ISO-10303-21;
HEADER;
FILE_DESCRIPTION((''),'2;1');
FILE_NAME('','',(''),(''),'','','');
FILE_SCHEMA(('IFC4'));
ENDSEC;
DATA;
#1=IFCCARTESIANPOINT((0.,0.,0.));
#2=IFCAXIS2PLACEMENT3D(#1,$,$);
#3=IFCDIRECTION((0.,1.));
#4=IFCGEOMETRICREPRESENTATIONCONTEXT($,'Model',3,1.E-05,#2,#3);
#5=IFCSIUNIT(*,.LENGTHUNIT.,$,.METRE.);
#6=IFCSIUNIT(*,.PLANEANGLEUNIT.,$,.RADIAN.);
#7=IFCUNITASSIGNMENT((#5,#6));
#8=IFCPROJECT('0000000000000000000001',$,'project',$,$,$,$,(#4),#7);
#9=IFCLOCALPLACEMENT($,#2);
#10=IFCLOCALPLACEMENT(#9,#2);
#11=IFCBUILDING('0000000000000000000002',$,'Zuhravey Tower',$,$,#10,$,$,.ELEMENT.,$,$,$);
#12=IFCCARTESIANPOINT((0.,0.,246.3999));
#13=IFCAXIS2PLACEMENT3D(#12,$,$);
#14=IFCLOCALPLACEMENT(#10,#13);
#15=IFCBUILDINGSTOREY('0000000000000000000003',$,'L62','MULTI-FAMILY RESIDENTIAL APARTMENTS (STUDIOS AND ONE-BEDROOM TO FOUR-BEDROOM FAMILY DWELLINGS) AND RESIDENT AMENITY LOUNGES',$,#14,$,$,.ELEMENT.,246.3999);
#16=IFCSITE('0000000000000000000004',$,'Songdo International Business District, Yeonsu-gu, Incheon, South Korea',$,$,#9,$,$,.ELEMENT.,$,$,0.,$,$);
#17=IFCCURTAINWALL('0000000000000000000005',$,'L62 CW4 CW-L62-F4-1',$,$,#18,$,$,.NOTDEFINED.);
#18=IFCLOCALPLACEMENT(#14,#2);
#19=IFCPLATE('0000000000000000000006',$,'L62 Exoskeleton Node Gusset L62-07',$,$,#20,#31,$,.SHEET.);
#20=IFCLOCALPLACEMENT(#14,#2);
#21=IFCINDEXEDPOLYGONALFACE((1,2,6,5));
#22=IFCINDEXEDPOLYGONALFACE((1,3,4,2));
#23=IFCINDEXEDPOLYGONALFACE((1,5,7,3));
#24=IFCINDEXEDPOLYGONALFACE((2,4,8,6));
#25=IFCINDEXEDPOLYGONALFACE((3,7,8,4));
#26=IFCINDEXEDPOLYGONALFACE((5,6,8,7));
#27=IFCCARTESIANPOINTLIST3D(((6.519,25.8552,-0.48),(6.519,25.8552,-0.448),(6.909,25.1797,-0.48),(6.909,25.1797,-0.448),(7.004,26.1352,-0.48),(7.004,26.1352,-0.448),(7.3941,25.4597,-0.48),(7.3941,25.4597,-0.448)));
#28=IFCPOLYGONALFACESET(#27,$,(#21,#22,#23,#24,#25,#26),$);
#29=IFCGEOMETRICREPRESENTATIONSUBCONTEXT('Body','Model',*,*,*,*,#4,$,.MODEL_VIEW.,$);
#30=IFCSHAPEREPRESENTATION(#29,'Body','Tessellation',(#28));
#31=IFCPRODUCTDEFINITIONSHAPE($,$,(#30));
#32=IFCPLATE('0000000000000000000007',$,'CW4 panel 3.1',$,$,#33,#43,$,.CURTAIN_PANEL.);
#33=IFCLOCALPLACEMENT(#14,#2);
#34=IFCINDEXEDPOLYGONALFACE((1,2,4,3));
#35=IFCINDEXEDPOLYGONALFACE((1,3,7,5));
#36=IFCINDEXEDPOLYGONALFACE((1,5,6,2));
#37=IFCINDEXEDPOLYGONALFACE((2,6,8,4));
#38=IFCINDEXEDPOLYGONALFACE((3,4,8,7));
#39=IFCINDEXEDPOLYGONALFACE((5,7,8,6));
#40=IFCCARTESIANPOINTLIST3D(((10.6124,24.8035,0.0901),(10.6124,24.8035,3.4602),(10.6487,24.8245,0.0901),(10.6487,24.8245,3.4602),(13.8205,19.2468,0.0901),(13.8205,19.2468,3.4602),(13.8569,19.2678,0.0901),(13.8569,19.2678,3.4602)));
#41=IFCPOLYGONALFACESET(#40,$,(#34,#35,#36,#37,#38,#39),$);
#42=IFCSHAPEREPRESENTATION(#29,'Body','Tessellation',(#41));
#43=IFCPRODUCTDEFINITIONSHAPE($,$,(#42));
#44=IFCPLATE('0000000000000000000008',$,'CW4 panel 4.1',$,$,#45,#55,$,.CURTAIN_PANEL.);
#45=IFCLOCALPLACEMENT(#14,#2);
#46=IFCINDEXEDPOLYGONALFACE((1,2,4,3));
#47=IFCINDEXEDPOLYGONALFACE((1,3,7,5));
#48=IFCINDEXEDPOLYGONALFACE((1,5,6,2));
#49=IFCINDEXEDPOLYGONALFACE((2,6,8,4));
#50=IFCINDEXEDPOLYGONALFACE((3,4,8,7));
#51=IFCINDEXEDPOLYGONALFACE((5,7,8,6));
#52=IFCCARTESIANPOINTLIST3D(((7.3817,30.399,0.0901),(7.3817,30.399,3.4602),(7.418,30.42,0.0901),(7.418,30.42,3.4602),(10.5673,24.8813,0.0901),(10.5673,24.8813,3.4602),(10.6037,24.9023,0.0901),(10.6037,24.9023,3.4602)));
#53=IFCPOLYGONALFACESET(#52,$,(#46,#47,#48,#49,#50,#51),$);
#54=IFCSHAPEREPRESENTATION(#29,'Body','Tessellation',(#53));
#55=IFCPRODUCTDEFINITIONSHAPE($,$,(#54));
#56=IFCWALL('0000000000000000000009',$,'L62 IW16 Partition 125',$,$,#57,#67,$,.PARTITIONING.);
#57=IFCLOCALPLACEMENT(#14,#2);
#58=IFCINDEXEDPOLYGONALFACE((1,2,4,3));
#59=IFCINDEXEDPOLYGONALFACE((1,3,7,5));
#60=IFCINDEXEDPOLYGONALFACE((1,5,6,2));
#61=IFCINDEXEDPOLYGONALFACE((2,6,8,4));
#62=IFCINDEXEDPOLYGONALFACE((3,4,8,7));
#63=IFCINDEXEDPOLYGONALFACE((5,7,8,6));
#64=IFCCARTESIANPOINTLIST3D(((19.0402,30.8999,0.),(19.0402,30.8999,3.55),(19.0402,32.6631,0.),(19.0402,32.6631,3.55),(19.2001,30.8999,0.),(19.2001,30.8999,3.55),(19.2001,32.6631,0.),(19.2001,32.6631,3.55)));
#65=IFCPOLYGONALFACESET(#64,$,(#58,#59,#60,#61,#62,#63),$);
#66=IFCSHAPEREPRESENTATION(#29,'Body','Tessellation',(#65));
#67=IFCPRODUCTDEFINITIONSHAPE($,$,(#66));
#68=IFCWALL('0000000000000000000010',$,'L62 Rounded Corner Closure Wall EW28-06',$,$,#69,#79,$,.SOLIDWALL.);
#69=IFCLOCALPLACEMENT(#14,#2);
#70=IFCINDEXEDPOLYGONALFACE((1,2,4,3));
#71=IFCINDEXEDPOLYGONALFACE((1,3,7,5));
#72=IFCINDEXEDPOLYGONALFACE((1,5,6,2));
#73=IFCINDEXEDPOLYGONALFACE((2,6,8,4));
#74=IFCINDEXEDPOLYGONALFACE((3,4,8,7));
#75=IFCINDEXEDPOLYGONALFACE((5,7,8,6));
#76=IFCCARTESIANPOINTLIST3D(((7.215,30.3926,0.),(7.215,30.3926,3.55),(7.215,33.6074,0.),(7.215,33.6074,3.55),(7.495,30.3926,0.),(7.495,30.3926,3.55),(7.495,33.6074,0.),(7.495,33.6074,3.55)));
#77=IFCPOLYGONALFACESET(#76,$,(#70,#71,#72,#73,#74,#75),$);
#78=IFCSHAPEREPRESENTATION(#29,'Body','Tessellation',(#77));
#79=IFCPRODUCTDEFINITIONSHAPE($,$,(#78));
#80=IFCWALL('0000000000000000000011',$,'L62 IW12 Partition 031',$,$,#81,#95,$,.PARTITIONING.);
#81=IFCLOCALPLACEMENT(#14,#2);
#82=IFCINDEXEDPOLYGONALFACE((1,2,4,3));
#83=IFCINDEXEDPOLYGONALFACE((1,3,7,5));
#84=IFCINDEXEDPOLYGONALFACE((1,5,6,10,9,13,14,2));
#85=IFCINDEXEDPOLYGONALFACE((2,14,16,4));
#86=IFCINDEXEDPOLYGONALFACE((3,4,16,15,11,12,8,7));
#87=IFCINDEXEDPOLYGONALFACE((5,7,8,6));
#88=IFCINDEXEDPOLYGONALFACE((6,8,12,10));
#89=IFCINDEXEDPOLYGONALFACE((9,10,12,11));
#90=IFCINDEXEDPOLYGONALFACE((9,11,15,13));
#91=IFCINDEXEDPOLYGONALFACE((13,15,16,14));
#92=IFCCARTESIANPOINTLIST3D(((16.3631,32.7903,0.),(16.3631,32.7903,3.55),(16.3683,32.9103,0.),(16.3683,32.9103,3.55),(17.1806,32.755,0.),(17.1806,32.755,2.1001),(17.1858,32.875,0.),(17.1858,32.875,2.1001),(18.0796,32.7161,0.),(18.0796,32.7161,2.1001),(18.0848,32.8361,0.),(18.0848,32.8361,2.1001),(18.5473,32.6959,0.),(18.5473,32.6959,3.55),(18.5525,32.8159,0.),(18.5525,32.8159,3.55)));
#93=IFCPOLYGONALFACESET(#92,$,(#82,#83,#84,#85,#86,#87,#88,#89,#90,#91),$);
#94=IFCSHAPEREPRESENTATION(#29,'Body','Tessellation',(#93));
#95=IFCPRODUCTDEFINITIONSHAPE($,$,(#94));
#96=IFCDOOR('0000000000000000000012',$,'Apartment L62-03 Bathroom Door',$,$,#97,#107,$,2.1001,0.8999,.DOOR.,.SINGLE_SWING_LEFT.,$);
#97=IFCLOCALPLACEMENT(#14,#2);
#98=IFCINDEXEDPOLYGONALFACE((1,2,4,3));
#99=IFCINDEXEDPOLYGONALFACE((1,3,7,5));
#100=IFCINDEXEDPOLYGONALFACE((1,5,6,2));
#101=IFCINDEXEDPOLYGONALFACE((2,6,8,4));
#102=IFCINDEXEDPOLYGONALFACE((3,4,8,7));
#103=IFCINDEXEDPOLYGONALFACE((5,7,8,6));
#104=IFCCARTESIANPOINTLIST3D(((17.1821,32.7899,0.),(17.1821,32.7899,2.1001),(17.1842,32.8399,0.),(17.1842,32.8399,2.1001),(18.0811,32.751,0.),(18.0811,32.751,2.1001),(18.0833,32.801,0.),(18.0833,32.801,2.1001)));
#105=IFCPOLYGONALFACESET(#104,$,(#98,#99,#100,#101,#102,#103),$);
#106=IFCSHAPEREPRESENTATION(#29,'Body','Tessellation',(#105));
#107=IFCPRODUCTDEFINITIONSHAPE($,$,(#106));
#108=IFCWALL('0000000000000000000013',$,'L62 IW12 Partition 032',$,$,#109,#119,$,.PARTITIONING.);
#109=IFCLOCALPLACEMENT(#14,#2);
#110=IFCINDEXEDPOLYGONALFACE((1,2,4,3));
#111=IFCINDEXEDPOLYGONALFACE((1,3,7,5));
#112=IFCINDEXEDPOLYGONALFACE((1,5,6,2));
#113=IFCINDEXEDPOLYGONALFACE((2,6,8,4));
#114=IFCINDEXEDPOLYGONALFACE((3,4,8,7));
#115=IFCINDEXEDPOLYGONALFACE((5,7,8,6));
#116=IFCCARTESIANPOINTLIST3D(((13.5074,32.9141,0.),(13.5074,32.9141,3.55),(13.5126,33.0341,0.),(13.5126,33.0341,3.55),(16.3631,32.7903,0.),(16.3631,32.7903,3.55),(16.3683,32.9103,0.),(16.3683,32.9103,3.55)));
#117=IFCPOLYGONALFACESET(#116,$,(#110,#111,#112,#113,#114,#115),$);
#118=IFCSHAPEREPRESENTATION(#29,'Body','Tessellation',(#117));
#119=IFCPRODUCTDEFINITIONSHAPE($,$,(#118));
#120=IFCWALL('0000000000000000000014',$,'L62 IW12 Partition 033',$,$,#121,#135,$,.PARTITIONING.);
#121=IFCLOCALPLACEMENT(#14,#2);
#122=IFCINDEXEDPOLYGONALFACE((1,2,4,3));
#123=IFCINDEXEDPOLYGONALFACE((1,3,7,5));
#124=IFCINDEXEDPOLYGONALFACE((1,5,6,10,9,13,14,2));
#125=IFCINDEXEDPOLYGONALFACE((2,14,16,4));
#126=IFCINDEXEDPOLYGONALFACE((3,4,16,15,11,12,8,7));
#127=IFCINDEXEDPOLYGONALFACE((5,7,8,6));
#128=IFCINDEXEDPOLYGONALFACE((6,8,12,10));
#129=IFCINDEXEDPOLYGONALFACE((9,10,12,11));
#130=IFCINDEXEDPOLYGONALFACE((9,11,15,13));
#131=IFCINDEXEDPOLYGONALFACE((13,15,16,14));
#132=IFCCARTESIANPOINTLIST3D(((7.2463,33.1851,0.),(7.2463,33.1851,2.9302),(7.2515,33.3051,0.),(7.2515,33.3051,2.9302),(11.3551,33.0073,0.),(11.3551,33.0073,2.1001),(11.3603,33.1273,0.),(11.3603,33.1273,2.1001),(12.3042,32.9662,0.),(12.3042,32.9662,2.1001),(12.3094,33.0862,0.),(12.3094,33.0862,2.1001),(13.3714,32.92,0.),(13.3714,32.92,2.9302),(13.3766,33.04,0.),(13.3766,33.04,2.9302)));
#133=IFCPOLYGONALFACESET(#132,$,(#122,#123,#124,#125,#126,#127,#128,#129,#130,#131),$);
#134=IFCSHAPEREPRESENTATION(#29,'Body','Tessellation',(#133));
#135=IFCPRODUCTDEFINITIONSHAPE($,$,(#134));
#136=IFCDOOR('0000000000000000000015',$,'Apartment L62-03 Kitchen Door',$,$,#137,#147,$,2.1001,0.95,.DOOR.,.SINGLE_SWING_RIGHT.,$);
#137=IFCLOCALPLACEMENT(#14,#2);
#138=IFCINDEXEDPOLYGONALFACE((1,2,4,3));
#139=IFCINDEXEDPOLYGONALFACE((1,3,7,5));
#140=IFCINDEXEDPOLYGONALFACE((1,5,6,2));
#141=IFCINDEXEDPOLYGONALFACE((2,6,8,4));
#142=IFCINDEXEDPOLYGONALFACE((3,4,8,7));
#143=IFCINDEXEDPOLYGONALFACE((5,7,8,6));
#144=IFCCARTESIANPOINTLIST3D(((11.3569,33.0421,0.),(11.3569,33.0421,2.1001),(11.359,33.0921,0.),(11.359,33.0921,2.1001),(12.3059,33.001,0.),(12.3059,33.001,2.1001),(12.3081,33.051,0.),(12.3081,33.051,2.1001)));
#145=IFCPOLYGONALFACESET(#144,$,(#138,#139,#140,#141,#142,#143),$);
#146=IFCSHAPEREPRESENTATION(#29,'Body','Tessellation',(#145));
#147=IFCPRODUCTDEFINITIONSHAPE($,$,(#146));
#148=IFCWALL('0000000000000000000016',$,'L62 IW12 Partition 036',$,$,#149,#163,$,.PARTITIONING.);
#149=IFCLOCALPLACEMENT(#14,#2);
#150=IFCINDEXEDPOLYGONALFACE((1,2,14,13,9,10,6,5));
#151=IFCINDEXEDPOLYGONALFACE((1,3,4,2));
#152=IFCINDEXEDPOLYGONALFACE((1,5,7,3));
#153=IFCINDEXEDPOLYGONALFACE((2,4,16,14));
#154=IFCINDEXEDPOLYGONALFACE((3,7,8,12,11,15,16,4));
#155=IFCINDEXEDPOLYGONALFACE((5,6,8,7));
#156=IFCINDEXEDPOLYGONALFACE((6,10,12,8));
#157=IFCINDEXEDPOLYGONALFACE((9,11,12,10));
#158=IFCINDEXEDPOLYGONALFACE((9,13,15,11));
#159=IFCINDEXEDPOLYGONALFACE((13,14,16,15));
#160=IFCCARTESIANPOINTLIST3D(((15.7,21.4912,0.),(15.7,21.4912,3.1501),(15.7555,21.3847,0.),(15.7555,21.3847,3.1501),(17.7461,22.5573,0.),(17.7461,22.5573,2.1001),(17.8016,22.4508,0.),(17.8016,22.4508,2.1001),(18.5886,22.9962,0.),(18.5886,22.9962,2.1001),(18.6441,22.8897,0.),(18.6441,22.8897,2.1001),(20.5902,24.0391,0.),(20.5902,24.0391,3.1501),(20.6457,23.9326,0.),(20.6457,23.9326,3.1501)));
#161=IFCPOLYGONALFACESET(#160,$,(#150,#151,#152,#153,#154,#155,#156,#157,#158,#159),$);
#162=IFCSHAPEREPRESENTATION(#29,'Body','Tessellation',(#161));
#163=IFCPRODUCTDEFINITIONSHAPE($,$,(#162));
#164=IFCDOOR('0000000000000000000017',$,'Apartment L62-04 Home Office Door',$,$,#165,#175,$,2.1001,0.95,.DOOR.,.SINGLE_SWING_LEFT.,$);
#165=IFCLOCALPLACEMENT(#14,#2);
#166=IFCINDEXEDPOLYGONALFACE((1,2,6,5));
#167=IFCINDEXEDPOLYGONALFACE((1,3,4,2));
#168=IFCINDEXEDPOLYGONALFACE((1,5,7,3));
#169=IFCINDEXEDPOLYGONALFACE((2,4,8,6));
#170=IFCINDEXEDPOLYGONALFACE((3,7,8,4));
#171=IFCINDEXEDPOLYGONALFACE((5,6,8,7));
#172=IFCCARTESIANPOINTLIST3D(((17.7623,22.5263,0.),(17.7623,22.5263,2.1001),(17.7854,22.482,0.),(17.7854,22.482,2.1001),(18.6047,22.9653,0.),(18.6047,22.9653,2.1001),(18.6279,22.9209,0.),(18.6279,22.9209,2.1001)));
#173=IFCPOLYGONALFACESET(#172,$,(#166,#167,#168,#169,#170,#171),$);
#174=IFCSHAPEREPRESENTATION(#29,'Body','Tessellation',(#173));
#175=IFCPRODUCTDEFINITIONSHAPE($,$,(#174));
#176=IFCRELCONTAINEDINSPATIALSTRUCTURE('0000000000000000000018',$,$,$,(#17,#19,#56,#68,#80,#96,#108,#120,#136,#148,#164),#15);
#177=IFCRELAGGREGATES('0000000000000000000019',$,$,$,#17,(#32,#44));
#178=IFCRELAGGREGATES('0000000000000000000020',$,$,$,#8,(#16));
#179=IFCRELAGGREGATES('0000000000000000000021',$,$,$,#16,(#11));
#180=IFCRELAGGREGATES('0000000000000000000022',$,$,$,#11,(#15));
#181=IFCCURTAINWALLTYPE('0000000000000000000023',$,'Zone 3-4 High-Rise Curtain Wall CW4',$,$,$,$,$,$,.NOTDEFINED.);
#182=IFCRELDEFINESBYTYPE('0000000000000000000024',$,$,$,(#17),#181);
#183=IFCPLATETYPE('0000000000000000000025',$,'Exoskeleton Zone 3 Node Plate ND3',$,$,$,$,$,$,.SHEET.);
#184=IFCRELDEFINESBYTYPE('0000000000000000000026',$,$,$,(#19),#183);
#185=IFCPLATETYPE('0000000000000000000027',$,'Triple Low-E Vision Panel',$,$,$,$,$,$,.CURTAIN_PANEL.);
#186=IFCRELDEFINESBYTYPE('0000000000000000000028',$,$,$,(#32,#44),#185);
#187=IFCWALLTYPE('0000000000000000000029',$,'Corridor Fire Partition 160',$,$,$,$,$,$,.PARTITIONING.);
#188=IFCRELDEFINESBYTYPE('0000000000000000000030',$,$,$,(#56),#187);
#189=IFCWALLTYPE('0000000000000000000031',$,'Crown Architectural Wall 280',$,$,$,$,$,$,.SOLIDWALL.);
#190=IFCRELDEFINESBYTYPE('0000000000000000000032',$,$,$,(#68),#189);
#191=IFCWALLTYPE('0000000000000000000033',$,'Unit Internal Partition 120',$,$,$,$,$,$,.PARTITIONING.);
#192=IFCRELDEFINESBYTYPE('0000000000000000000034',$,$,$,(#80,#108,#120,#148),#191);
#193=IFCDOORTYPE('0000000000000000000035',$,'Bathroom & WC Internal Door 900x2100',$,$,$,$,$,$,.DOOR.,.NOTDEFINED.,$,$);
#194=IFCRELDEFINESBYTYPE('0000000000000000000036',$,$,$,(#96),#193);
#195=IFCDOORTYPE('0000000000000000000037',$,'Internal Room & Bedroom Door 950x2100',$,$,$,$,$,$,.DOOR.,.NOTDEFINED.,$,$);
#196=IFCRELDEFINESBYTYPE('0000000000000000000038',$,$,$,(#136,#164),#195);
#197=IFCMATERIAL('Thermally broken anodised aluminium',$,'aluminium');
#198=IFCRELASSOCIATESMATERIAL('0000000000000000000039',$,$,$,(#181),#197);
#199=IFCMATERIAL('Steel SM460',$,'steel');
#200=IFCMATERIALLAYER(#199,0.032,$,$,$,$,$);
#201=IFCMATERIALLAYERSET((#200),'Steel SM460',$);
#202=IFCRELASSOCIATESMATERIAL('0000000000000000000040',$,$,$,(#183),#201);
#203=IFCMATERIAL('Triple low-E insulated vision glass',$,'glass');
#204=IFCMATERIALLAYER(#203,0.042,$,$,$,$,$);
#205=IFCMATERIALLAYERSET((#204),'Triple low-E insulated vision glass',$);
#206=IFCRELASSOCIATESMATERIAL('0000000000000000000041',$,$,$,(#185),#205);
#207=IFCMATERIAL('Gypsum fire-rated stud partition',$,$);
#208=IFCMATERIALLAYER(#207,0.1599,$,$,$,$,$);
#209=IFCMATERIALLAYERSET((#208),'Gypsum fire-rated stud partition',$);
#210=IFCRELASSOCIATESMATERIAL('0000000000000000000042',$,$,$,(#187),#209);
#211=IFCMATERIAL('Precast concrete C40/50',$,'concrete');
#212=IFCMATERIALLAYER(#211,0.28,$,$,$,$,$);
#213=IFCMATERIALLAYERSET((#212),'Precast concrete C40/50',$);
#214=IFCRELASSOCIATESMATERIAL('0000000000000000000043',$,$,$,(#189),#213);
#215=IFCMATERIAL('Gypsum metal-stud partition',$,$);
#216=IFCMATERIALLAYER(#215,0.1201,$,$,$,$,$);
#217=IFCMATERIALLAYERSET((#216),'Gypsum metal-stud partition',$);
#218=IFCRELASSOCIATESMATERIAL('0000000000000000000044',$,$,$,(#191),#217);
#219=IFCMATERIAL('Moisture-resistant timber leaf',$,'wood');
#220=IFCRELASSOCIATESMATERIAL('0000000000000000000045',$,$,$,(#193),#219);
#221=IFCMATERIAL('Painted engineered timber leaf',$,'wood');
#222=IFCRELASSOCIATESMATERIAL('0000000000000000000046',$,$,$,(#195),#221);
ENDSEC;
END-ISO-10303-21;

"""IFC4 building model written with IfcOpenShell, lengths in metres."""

from ifc_helpers import new_model, si_unit, direction, frame, frame_2d, origin, origin_2d, place, context, subcontext, project, spatial, rectangle, extrude, material, layer, layer_set, type_object, element, fill, aggregate, save


model = new_model("IFC4")

# Units and contexts
model_context = context("Model", 3, precision=1e-05, world=origin(), true_north=direction((0.0, 1.0)))
body_context = subcontext(model_context, "Body", "Model", "MODEL_VIEW")
ifc_project = project(units=[si_unit("LENGTHUNIT", "METRE"), si_unit("PLANEANGLEUNIT", "RADIAN")], contexts=[model_context])

# Site, building, storey
site_placement = place(None, origin())
site = spatial("IfcSite", under=ifc_project, at=site_placement, Name="Songdo International Business District, Yeonsu-gu, Incheon, South Korea", CompositionType="ELEMENT", RefElevation=0.0)
building_placement = place(site_placement, origin())
building = spatial("IfcBuilding", under=site, at=building_placement, Name="Zuhravey Tower", CompositionType="ELEMENT")
storey_placement = place(building_placement, frame((0.0, 0.0, 246.3999)))
storey = spatial("IfcBuildingStorey", under=building, at=storey_placement, Name="L62", Description="MULTI-FAMILY RESIDENTIAL APARTMENTS (STUDIOS AND ONE-BEDROOM TO FOUR-BEDROOM FAMILY DWELLINGS) AND RESIDENT AMENITY LOUNGES", CompositionType="ELEMENT", Elevation=246.3999)

# Curtain wall
ifc_material_1 = material(Name="Thermally broken anodised aluminium", Category="aluminium")
curtain_wall_type = type_object("IfcCurtainWallType", Name="Zone 3-4 High-Rise Curtain Wall CW4", PredefinedType="NOTDEFINED", material=ifc_material_1)
curtain_wall_placement = place(storey_placement, origin())
curtain_wall = element("IfcCurtainWall", 1, at=curtain_wall_placement, inside=storey, type_object=curtain_wall_type, Name="L62 CW4 CW-L62-F4-1", PredefinedType="NOTDEFINED")

# Plates
ifc_material_2 = material(Name="Steel SM460", Category="steel")
ifc_layer_1 = layer(ifc_material_2, 0.032)
ifc_layer_set_1 = layer_set([ifc_layer_1], Name="Steel SM460")
plate_type_1 = type_object("IfcPlateType", Name="Exoskeleton Zone 3 Node Plate ND3", PredefinedType="SHEET", material=ifc_layer_set_1)
plate_1_placement = place(storey_placement, frame((6.9565, 25.6575, -0.48), z_axis=(0.0, 0.0, 1.0), x_axis=(0.5, -0.866025, 0.0)))
element("IfcPlate", 2, at=plate_1_placement, inside=storey, type_object=plate_type_1, Name="L62 Exoskeleton Node Gusset L62-07", PredefinedType="SHEET", context=body_context, shape_type="SweptSolid", body=[
    extrude(rectangle(XDim=0.78, YDim=0.5601, at=origin_2d()), origin(), (0.0, 0.0, 1.0), 0.032),
])
ifc_material_3 = material(Name="Triple low-E insulated vision glass", Category="glass")
ifc_layer_2 = layer(ifc_material_3, 0.042)
ifc_layer_set_2 = layer_set([ifc_layer_2], Name="Triple low-E insulated vision glass")
plate_type_2 = type_object("IfcPlateType", Name="Triple Low-E Vision Panel", PredefinedType="CURTAIN_PANEL", material=ifc_layer_set_2)
plate_2_placement = place(storey_placement, frame((12.2346, 22.0356, 0.0901), z_axis=(0.0, 0.0, 1.0), x_axis=(-0.500001, 0.866025, 0.0)))
plate_2 = element("IfcPlate", 3, at=plate_2_placement, type_object=plate_type_2, Name="CW4 panel 3.1", PredefinedType="CURTAIN_PANEL", context=body_context, shape_type="SweptSolid", body=[
    extrude(rectangle(XDim=6.4163, YDim=0.042, at=origin_2d()), origin(), (0.0, 0.0, 1.0), 3.3701),
])
plate_3_placement = place(storey_placement, frame((8.9927, 27.6506, 0.0901), z_axis=(0.0, 0.0, 1.0), x_axis=(-0.500001, 0.866025, 0.0)))
plate_3 = element("IfcPlate", 4, at=plate_3_placement, type_object=plate_type_2, Name="CW4 panel 4.1", PredefinedType="CURTAIN_PANEL", context=body_context, shape_type="SweptSolid", body=[
    extrude(rectangle(XDim=6.3713, YDim=0.042, at=origin_2d()), origin(), (0.0, 0.0, 1.0), 3.3701),
])
aggregate(curtain_wall, [plate_2, plate_3])

# Shared definitions
ifc_material_4 = material(Name="Gypsum fire-rated stud partition")
ifc_layer_3 = layer(ifc_material_4, 0.1599)
ifc_layer_set_3 = layer_set([ifc_layer_3], Name="Gypsum fire-rated stud partition")
wall_type_1 = type_object("IfcWallType", Name="Corridor Fire Partition 160", PredefinedType="PARTITIONING", material=ifc_layer_set_3)

# Walls
wall_1_placement = place(storey_placement, frame((19.1201, 32.6631, 0.0), z_axis=(0.0, 0.0, 1.0), x_axis=(0.0, -1.0, 0.0)))
element("IfcWall", 5, at=wall_1_placement, inside=storey, type_object=wall_type_1, Name="L62 IW16 Partition 125", PredefinedType="PARTITIONING", context=body_context, shape_type="SweptSolid", body=[
    extrude(rectangle(XDim=1.7632, YDim=0.1599, at=frame_2d((0.8816, 0.0))), origin(), (0.0, 0.0, 1.0), 3.55),
])
ifc_material_5 = material(Name="Precast concrete C40/50", Category="concrete")
ifc_layer_4 = layer(ifc_material_5, 0.28)
ifc_layer_set_4 = layer_set([ifc_layer_4], Name="Precast concrete C40/50")
wall_type_2 = type_object("IfcWallType", Name="Crown Architectural Wall 280", PredefinedType="SOLIDWALL", material=ifc_layer_set_4)
wall_2_placement = place(storey_placement, frame((7.355, 30.3926, 0.0), z_axis=(0.0, 0.0, 1.0), x_axis=(0.0, 1.0, 0.0)))
element("IfcWall", 6, at=wall_2_placement, inside=storey, type_object=wall_type_2, Name="L62 Rounded Corner Closure Wall EW28-06", PredefinedType="SOLIDWALL", context=body_context, shape_type="SweptSolid", body=[
    extrude(rectangle(XDim=3.2148, YDim=0.28, at=frame_2d((1.6074, 0.0))), origin(), (0.0, 0.0, 1.0), 3.55),
])

# Wall, opening, door
ifc_material_6 = material(Name="Gypsum metal-stud partition")
ifc_layer_5 = layer(ifc_material_6, 0.1201)
ifc_layer_set_5 = layer_set([ifc_layer_5], Name="Gypsum metal-stud partition")
wall_type_3 = type_object("IfcWallType", Name="Unit Internal Partition 120", PredefinedType="PARTITIONING", material=ifc_layer_set_5)
wall_3_placement = place(storey_placement, frame((18.55, 32.7559, 0.0), z_axis=(0.0, 0.0, 1.0), x_axis=(-0.999066, 0.043214, 0.0)))
wall_3 = element("IfcWall", 7, at=wall_3_placement, inside=storey, type_object=wall_type_3, Name="L62 IW12 Partition 031", PredefinedType="PARTITIONING", context=body_context, shape_type="SweptSolid", body=[
    extrude(rectangle(XDim=2.1863, YDim=0.1201, at=frame_2d((1.0933, 0.0))), origin(), (0.0, 0.0, 1.0), 3.55),
])
opening_1_placement = place(wall_3_placement, frame((0.4683, 0.0, 0.0)))
opening_1 = element("IfcOpeningElement", 8, at=opening_1_placement, cuts=wall_3, PredefinedType="OPENING", context=body_context, shape_type="SweptSolid", body=[
    extrude(rectangle(XDim=0.8999, YDim=2.1001, at=frame_2d((0.45, 1.05))), frame((0.0, 0.072, 0.0), z_axis=(0.0, -1.0, 0.0), x_axis=(1.0, 0.0, 0.0)), (0.0, 0.0, 1.0), 0.144),
])
ifc_material_7 = material(Name="Moisture-resistant timber leaf", Category="wood")
door_type_1 = type_object("IfcDoorType", Name="Bathroom & WC Internal Door 900x2100", OperationType="NOTDEFINED", PredefinedType="DOOR", material=ifc_material_7)
door_1_placement = place(opening_1_placement, frame((0.8999, 0.0, 0.0), z_axis=(0.0, 0.0, 1.0), x_axis=(-1.0, 0.0, 0.0)))
door_1 = element("IfcDoor", 9, at=door_1_placement, inside=storey, type_object=door_type_1, Name="Apartment L62-03 Bathroom Door", OperationType="SINGLE_SWING_LEFT", OverallHeight=2.1001, OverallWidth=0.8999, PredefinedType="DOOR", context=body_context, shape_type="SweptSolid", body=[
    extrude(rectangle(XDim=0.8999, YDim=2.1001, at=frame_2d((0.45, 1.05))), frame((0.0, 0.0249, 0.0), z_axis=(0.0, -1.0, 0.0), x_axis=(1.0, 0.0, 0.0)), (0.0, 0.0, 1.0), 0.05),
])
fill(opening_1, door_1)

# Wall
wall_4_placement = place(storey_placement, frame((16.3657, 32.8503, 0.0), z_axis=(0.0, 0.0, 1.0), x_axis=(-0.999062, 0.043304, 0.0)))
element("IfcWall", 10, at=wall_4_placement, inside=storey, type_object=wall_type_3, Name="L62 IW12 Partition 032", PredefinedType="PARTITIONING", context=body_context, shape_type="SweptSolid", body=[
    extrude(rectangle(XDim=2.8584, YDim=0.1201, at=frame_2d((1.4292, 0.0))), origin(), (0.0, 0.0, 1.0), 3.55),
])

# Walls, openings, doors
wall_5_placement = place(storey_placement, frame((13.374, 32.98, 0.0), z_axis=(0.0, 0.0, 1.0), x_axis=(-0.999064, 0.043245, 0.0)))
wall_5 = element("IfcWall", 11, at=wall_5_placement, inside=storey, type_object=wall_type_3, Name="L62 IW12 Partition 033", PredefinedType="PARTITIONING", context=body_context, shape_type="SweptSolid", body=[
    extrude(rectangle(XDim=6.1309, YDim=0.1201, at=frame_2d((3.0654, 0.0))), origin(), (0.0, 0.0, 1.0), 2.9302),
])
opening_2_placement = place(wall_5_placement, frame((1.0681, 0.0, 0.0)))
opening_2 = element("IfcOpeningElement", 12, at=opening_2_placement, cuts=wall_5, PredefinedType="OPENING", context=body_context, shape_type="SweptSolid", body=[
    extrude(rectangle(XDim=0.95, YDim=2.1001, at=frame_2d((0.4751, 1.05))), frame((0.0, 0.072, 0.0), z_axis=(0.0, -1.0, 0.0), x_axis=(1.0, 0.0, 0.0)), (0.0, 0.0, 1.0), 0.144),
])
ifc_material_8 = material(Name="Painted engineered timber leaf", Category="wood")
door_type_2 = type_object("IfcDoorType", Name="Internal Room & Bedroom Door 950x2100", OperationType="NOTDEFINED", PredefinedType="DOOR", material=ifc_material_8)
door_2_placement = place(opening_2_placement, frame((0.95, 0.0, 0.0), z_axis=(0.0, 0.0, 1.0), x_axis=(-1.0, 0.0, 0.0)))
door_2 = element("IfcDoor", 13, at=door_2_placement, inside=storey, type_object=door_type_2, Name="Apartment L62-03 Kitchen Door", OperationType="SINGLE_SWING_RIGHT", OverallHeight=2.1001, OverallWidth=0.95, PredefinedType="DOOR", context=body_context, shape_type="SweptSolid", body=[
    extrude(rectangle(XDim=0.95, YDim=2.1001, at=frame_2d((0.4751, 1.05))), frame((0.0, 0.0249, 0.0), z_axis=(0.0, -1.0, 0.0), x_axis=(1.0, 0.0, 0.0)), (0.0, 0.0, 1.0), 0.05),
])
fill(opening_2, door_2)
wall_6_placement = place(storey_placement, frame((20.6179, 23.9858, 0.0), z_axis=(0.0, 0.0, 1.0), x_axis=(-0.886847, -0.462064, 0.0)))
wall_6 = element("IfcWall", 14, at=wall_6_placement, inside=storey, type_object=wall_type_3, Name="L62 IW12 Partition 036", PredefinedType="PARTITIONING", context=body_context, shape_type="SweptSolid", body=[
    extrude(rectangle(XDim=5.5142, YDim=0.1201, at=frame_2d((2.7571, 0.0))), origin(), (0.0, 0.0, 1.0), 3.1501),
])
opening_3_placement = place(wall_6_placement, frame((2.2568, 0.0, 0.0)))
opening_3 = element("IfcOpeningElement", 15, at=opening_3_placement, cuts=wall_6, PredefinedType="OPENING", context=body_context, shape_type="SweptSolid", body=[
    extrude(rectangle(XDim=0.95, YDim=2.1001, at=frame_2d((0.4751, 1.05))), frame((0.0, 0.072, 0.0), z_axis=(0.0, -1.0, 0.0), x_axis=(1.0, 0.0, 0.0)), (0.0, 0.0, 1.0), 0.144),
])
door_3_placement = place(opening_3_placement, origin())
door_3 = element("IfcDoor", 16, at=door_3_placement, inside=storey, type_object=door_type_2, Name="Apartment L62-04 Home Office Door", OperationType="SINGLE_SWING_LEFT", OverallHeight=2.1001, OverallWidth=0.95, PredefinedType="DOOR", context=body_context, shape_type="SweptSolid", body=[
    extrude(rectangle(XDim=0.95, YDim=2.1001, at=frame_2d((0.4751, 1.05))), frame((0.0, 0.0249, 0.0), z_axis=(0.0, -1.0, 0.0), x_axis=(1.0, 0.0, 0.0)), (0.0, 0.0, 1.0), 0.05),
])
fill(opening_3, door_3)

save(model, "model.ifc")
